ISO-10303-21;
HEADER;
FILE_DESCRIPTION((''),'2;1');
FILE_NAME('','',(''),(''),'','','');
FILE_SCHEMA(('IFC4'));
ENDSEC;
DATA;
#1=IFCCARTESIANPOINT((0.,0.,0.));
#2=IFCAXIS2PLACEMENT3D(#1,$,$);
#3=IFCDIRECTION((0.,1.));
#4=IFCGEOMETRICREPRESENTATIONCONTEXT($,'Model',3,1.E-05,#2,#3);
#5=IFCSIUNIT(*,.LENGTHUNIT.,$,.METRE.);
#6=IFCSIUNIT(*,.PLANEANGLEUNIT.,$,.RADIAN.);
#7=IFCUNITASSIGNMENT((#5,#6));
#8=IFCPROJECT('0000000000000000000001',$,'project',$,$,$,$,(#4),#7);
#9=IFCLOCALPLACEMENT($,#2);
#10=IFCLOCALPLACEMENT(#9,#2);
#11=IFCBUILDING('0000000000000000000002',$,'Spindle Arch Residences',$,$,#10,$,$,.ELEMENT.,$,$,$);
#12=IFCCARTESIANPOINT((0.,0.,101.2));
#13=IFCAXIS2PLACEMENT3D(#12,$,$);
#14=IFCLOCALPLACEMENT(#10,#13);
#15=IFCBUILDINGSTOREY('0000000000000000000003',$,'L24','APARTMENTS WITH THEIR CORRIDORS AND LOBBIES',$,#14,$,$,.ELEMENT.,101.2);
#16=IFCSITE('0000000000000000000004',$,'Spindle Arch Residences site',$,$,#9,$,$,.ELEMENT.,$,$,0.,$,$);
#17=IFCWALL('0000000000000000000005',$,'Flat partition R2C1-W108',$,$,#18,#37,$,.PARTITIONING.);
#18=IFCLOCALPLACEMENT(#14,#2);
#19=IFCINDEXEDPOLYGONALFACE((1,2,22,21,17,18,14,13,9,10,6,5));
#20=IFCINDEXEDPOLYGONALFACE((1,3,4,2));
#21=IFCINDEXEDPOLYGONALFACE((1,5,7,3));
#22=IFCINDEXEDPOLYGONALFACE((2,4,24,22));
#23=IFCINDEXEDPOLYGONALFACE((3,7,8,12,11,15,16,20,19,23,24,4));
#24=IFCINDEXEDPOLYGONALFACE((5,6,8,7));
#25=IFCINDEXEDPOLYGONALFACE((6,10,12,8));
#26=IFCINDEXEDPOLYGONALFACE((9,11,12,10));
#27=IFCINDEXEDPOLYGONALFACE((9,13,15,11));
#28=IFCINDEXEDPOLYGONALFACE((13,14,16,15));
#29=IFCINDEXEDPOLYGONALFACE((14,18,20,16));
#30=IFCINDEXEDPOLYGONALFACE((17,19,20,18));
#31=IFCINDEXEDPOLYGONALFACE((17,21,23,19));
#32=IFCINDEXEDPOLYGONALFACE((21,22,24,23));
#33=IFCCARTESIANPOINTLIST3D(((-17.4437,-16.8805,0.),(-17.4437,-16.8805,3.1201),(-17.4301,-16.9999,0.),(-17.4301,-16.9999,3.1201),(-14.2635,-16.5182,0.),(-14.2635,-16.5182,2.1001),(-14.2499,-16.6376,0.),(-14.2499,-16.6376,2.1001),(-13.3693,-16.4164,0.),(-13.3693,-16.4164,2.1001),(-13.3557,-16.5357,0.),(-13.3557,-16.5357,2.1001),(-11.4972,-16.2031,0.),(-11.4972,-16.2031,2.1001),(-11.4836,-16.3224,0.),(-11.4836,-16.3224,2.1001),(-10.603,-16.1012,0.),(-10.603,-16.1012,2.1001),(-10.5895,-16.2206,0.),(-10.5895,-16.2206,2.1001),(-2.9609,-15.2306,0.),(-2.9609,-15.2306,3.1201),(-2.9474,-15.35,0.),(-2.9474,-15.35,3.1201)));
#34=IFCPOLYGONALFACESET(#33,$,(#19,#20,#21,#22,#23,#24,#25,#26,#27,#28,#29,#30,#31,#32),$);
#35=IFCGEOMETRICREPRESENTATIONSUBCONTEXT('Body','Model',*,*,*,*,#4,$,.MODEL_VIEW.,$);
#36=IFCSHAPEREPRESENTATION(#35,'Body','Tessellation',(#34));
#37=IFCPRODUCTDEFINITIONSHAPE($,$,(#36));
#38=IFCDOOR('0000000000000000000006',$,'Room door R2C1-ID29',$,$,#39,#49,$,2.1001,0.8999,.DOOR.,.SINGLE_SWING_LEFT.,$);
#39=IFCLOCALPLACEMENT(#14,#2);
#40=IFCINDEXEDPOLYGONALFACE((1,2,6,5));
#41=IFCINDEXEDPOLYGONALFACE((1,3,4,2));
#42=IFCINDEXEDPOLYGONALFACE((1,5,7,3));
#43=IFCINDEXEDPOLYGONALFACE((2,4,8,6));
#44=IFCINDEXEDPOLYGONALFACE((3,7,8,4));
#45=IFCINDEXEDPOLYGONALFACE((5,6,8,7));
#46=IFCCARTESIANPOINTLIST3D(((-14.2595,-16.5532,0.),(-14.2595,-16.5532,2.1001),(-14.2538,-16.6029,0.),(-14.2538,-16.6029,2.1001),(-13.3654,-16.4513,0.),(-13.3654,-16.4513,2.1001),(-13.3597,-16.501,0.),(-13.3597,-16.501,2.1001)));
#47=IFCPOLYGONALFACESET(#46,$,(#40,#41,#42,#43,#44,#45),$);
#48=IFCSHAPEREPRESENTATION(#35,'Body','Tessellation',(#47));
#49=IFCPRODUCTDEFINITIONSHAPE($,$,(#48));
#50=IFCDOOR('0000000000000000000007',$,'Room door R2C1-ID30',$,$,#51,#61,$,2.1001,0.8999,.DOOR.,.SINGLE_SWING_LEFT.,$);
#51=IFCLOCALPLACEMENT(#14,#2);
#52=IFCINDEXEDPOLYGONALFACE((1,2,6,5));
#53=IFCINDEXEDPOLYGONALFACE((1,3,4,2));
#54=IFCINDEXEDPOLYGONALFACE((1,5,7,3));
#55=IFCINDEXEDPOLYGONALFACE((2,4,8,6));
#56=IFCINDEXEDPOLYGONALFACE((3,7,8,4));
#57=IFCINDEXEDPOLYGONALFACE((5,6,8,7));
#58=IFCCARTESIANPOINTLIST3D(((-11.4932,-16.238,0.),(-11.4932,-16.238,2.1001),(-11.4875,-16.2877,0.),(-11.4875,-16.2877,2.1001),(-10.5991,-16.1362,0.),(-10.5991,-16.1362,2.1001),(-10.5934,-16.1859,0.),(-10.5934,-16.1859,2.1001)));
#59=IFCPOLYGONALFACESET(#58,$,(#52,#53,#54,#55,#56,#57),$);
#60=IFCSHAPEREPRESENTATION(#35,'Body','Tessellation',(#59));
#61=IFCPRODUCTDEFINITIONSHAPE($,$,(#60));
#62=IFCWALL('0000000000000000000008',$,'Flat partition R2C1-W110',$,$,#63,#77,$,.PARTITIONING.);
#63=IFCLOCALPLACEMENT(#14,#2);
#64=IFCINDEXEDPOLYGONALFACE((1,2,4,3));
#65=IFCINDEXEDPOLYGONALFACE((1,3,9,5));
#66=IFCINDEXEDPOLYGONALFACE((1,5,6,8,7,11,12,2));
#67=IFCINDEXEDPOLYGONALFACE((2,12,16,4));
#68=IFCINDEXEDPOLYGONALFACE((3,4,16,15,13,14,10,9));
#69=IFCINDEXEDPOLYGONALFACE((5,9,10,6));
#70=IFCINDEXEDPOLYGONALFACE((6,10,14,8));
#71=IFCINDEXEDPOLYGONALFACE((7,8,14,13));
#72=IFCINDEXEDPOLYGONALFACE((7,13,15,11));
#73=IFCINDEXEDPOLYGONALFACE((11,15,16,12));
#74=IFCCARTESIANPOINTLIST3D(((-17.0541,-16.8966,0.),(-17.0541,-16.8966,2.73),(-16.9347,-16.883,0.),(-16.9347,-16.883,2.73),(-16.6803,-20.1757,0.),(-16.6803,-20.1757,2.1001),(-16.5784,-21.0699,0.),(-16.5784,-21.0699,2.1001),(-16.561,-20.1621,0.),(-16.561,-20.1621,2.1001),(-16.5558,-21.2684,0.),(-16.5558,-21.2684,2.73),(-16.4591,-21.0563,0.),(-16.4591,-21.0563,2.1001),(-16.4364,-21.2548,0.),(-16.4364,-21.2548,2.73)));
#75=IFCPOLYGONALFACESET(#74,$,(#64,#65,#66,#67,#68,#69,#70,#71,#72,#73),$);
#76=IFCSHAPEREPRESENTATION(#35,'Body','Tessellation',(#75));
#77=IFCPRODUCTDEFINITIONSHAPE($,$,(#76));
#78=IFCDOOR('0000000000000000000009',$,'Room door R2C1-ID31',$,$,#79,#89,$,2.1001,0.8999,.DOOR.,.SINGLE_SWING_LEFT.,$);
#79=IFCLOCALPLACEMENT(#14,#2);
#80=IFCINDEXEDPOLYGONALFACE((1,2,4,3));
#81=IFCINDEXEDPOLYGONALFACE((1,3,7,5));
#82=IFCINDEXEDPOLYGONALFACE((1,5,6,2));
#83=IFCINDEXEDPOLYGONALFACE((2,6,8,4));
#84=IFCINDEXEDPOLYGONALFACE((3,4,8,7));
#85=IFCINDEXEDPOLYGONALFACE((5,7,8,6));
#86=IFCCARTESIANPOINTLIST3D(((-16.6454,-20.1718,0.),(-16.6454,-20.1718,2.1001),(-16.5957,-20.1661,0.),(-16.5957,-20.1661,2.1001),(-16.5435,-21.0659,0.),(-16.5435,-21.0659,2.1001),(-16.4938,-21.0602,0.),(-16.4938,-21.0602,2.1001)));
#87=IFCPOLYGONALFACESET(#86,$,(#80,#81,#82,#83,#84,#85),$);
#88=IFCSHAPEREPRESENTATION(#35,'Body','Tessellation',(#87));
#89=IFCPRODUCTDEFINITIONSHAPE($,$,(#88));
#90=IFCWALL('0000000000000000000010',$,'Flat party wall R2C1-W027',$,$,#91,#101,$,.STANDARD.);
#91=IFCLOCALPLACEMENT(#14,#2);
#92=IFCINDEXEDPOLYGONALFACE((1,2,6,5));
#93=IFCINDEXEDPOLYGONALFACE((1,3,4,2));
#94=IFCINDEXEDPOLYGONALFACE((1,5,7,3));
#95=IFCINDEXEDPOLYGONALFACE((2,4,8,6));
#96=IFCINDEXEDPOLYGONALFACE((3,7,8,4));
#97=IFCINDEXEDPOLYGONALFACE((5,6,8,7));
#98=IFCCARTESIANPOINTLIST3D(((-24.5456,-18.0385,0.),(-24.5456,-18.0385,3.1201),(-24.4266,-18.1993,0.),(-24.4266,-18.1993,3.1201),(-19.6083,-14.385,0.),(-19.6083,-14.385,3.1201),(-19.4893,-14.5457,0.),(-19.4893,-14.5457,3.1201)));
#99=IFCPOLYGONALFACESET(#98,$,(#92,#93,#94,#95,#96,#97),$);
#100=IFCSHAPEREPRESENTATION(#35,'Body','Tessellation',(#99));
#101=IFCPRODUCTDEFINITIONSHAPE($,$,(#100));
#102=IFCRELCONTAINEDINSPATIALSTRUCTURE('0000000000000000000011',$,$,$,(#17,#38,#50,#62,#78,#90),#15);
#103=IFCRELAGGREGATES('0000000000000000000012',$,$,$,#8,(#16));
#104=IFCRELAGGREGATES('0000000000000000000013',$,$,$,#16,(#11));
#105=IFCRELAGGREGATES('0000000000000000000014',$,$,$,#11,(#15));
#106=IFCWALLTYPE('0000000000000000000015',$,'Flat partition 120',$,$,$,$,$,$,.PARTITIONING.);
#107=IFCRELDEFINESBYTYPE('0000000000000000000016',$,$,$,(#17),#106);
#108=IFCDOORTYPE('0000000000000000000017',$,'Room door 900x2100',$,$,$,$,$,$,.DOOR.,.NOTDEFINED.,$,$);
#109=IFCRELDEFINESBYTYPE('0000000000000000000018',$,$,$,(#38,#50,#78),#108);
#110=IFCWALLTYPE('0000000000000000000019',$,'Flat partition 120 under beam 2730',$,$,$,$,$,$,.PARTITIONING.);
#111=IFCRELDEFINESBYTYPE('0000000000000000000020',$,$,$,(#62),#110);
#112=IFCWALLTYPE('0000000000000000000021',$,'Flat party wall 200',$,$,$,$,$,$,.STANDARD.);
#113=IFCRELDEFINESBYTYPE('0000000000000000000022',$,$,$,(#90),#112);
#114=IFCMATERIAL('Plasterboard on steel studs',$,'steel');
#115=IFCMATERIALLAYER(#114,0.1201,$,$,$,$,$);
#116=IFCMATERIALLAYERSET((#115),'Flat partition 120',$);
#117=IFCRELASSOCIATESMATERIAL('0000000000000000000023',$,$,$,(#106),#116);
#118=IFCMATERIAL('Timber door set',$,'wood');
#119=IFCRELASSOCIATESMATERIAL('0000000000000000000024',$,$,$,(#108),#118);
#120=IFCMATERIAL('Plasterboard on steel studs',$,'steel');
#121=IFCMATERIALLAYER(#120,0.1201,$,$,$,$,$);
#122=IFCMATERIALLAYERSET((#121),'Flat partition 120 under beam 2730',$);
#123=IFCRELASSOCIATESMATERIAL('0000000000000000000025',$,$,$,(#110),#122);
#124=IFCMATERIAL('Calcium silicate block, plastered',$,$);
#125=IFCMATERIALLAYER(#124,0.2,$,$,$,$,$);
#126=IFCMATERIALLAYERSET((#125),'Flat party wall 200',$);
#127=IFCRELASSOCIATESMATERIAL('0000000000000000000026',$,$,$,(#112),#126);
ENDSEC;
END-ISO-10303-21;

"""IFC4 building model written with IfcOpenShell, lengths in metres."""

from ifc_helpers import new_model, si_unit, direction, frame, frame_2d, origin, place, context, subcontext, project, spatial, rectangle, extrude, material, layer, layer_set, type_object, element, fill, save


model = new_model("IFC4")

# Units and contexts
model_context = context("Model", 3, precision=1e-05, world=origin(), true_north=direction((0.0, 1.0)))
body_context = subcontext(model_context, "Body", "Model", "MODEL_VIEW")
ifc_project = project(units=[si_unit("LENGTHUNIT", "METRE"), si_unit("PLANEANGLEUNIT", "RADIAN")], contexts=[model_context])

# Site, building, storey
site_placement = place(None, origin())
site = spatial("IfcSite", under=ifc_project, at=site_placement, Name="Spindle Arch Residences site", CompositionType="ELEMENT", RefElevation=0.0)
building_placement = place(site_placement, origin())
building = spatial("IfcBuilding", under=site, at=building_placement, Name="Spindle Arch Residences", CompositionType="ELEMENT")
storey_placement = place(building_placement, frame((0.0, 0.0, 101.2)))
storey = spatial("IfcBuildingStorey", under=building, at=storey_placement, Name="L24", Description="APARTMENTS WITH THEIR CORRIDORS AND LOBBIES", CompositionType="ELEMENT", Elevation=101.2)

# Shared definitions
ifc_material_1 = material(Name="Plasterboard on steel studs", Category="steel")
ifc_layer_1 = layer(ifc_material_1, 0.1201)
ifc_layer_set_1 = layer_set([ifc_layer_1], Name="Flat partition 120")
wall_type_1 = type_object("IfcWallType", Name="Flat partition 120", PredefinedType="PARTITIONING", material=ifc_layer_set_1)

# Wall, openings, doors
wall_1_placement = place(storey_placement, frame((-17.4368, -16.9402, 0.0), z_axis=(0.0, 0.0, 1.0), x_axis=(0.993573, 0.11319, 0.0)))
wall_1 = element("IfcWall", 1, at=wall_1_placement, inside=storey, type_object=wall_type_1, Name="Flat partition R2C1-W108", PredefinedType="PARTITIONING", context=body_context, shape_type="SweptSolid", body=[
    extrude(rectangle(XDim=14.5764, YDim=0.1201, at=frame_2d((7.2881, 0.0))), origin(), (0.0, 0.0, 1.0), 3.1201),
])
opening_1_placement = place(wall_1_placement, frame((3.2007, 0.0, 0.0)))
opening_1 = element("IfcOpeningElement", 2, at=opening_1_placement, cuts=wall_1, PredefinedType="OPENING", context=body_context, shape_type="SweptSolid", body=[
    extrude(rectangle(XDim=0.8999, YDim=2.1001, at=frame_2d((0.45, 1.05))), frame((0.0, 0.0701, 0.0), z_axis=(0.0, -1.0, 0.0), x_axis=(1.0, 0.0, 0.0)), (0.0, 0.0, 1.0), 0.1401),
])
opening_2_placement = place(wall_1_placement, frame((5.9849, 0.0, 0.0)))
opening_2 = element("IfcOpeningElement", 3, at=opening_2_placement, cuts=wall_1, PredefinedType="OPENING", context=body_context, shape_type="SweptSolid", body=[
    extrude(rectangle(XDim=0.8999, YDim=2.1001, at=frame_2d((0.45, 1.05))), frame((0.0, 0.0701, 0.0), z_axis=(0.0, -1.0, 0.0), x_axis=(1.0, 0.0, 0.0)), (0.0, 0.0, 1.0), 0.1401),
])
ifc_material_2 = material(Name="Timber door set", Category="wood")
door_type = type_object("IfcDoorType", Name="Room door 900x2100", OperationType="NOTDEFINED", PredefinedType="DOOR", material=ifc_material_2)
door_1_placement = place(opening_1_placement, origin())
door_1 = element("IfcDoor", 4, at=door_1_placement, inside=storey, type_object=door_type, Name="Room door R2C1-ID29", OperationType="SINGLE_SWING_LEFT", OverallHeight=2.1001, OverallWidth=0.8999, PredefinedType="DOOR", context=body_context, shape_type="SweptSolid", body=[
    extrude(rectangle(XDim=0.8999, YDim=2.1001, at=frame_2d((0.45, 1.05))), frame((0.0, 0.0249, 0.0), z_axis=(0.0, -1.0, 0.0), x_axis=(1.0, 0.0, 0.0)), (0.0, 0.0, 1.0), 0.05),
])
fill(opening_1, door_1)
door_2_placement = place(opening_2_placement, origin())
door_2 = element("IfcDoor", 5, at=door_2_placement, inside=storey, type_object=door_type, Name="Room door R2C1-ID30", OperationType="SINGLE_SWING_LEFT", OverallHeight=2.1001, OverallWidth=0.8999, PredefinedType="DOOR", context=body_context, shape_type="SweptSolid", body=[
    extrude(rectangle(XDim=0.8999, YDim=2.1001, at=frame_2d((0.45, 1.05))), frame((0.0, 0.0249, 0.0), z_axis=(0.0, -1.0, 0.0), x_axis=(1.0, 0.0, 0.0)), (0.0, 0.0, 1.0), 0.05),
])
fill(opening_2, door_2)

# Wall, opening, door
ifc_material_3 = material(Name="Plasterboard on steel studs", Category="steel")
ifc_layer_2 = layer(ifc_material_3, 0.1201)
ifc_layer_set_2 = layer_set([ifc_layer_2], Name="Flat partition 120 under beam 2730")
wall_type_2 = type_object("IfcWallType", Name="Flat partition 120 under beam 2730", PredefinedType="PARTITIONING", material=ifc_layer_set_2)
wall_2_placement = place(storey_placement, frame((-16.4961, -21.2617, 0.0), z_axis=(0.0, 0.0, 1.0), x_axis=(-0.113245, 0.993567, 0.0)))
wall_2 = element("IfcWall", 6, at=wall_2_placement, inside=storey, type_object=wall_type_2, Name="Flat partition R2C1-W110", PredefinedType="PARTITIONING", context=body_context, shape_type="SweptSolid", body=[
    extrude(rectangle(XDim=4.4001, YDim=0.1201, at=frame_2d((2.2002, 0.0))), origin(), (0.0, 0.0, 1.0), 2.73),
])
opening_3_placement = place(wall_2_placement, frame((0.2, 0.0, 0.0)))
opening_3 = element("IfcOpeningElement", 7, at=opening_3_placement, cuts=wall_2, PredefinedType="OPENING", context=body_context, shape_type="SweptSolid", body=[
    extrude(rectangle(XDim=0.8999, YDim=2.1001, at=frame_2d((0.45, 1.05))), frame((0.0, 0.0701, 0.0), z_axis=(0.0, -1.0, 0.0), x_axis=(1.0, 0.0, 0.0)), (0.0, 0.0, 1.0), 0.1401),
])
door_3_placement = place(opening_3_placement, origin())
door_3 = element("IfcDoor", 8, at=door_3_placement, inside=storey, type_object=door_type, Name="Room door R2C1-ID31", OperationType="SINGLE_SWING_LEFT", OverallHeight=2.1001, OverallWidth=0.8999, PredefinedType="DOOR", context=body_context, shape_type="SweptSolid", body=[
    extrude(rectangle(XDim=0.8999, YDim=2.1001, at=frame_2d((0.45, 1.05))), frame((0.0, 0.0249, 0.0), z_axis=(0.0, -1.0, 0.0), x_axis=(1.0, 0.0, 0.0)), (0.0, 0.0, 1.0), 0.05),
])
fill(opening_3, door_3)

# Wall
ifc_material_4 = material(Name="Calcium silicate block, plastered")
ifc_layer_3 = layer(ifc_material_4, 0.2)
ifc_layer_set_3 = layer_set([ifc_layer_3], Name="Flat party wall 200")
wall_type_3 = type_object("IfcWallType", Name="Flat party wall 200", PredefinedType="STANDARD", material=ifc_layer_set_3)
wall_3_placement = place(storey_placement, frame((-24.4861, -18.1189, 0.0), z_axis=(0.0, 0.0, 1.0), x_axis=(0.803842, 0.594842, 0.0)))
element("IfcWall", 9, at=wall_3_placement, inside=storey, type_object=wall_type_3, Name="Flat party wall R2C1-W027", PredefinedType="STANDARD", context=body_context, shape_type="SweptSolid", body=[
    extrude(rectangle(XDim=6.1421, YDim=0.2, at=frame_2d((3.071, 0.0))), origin(), (0.0, 0.0, 1.0), 3.1201),
])

save(model, "model.ifc")
